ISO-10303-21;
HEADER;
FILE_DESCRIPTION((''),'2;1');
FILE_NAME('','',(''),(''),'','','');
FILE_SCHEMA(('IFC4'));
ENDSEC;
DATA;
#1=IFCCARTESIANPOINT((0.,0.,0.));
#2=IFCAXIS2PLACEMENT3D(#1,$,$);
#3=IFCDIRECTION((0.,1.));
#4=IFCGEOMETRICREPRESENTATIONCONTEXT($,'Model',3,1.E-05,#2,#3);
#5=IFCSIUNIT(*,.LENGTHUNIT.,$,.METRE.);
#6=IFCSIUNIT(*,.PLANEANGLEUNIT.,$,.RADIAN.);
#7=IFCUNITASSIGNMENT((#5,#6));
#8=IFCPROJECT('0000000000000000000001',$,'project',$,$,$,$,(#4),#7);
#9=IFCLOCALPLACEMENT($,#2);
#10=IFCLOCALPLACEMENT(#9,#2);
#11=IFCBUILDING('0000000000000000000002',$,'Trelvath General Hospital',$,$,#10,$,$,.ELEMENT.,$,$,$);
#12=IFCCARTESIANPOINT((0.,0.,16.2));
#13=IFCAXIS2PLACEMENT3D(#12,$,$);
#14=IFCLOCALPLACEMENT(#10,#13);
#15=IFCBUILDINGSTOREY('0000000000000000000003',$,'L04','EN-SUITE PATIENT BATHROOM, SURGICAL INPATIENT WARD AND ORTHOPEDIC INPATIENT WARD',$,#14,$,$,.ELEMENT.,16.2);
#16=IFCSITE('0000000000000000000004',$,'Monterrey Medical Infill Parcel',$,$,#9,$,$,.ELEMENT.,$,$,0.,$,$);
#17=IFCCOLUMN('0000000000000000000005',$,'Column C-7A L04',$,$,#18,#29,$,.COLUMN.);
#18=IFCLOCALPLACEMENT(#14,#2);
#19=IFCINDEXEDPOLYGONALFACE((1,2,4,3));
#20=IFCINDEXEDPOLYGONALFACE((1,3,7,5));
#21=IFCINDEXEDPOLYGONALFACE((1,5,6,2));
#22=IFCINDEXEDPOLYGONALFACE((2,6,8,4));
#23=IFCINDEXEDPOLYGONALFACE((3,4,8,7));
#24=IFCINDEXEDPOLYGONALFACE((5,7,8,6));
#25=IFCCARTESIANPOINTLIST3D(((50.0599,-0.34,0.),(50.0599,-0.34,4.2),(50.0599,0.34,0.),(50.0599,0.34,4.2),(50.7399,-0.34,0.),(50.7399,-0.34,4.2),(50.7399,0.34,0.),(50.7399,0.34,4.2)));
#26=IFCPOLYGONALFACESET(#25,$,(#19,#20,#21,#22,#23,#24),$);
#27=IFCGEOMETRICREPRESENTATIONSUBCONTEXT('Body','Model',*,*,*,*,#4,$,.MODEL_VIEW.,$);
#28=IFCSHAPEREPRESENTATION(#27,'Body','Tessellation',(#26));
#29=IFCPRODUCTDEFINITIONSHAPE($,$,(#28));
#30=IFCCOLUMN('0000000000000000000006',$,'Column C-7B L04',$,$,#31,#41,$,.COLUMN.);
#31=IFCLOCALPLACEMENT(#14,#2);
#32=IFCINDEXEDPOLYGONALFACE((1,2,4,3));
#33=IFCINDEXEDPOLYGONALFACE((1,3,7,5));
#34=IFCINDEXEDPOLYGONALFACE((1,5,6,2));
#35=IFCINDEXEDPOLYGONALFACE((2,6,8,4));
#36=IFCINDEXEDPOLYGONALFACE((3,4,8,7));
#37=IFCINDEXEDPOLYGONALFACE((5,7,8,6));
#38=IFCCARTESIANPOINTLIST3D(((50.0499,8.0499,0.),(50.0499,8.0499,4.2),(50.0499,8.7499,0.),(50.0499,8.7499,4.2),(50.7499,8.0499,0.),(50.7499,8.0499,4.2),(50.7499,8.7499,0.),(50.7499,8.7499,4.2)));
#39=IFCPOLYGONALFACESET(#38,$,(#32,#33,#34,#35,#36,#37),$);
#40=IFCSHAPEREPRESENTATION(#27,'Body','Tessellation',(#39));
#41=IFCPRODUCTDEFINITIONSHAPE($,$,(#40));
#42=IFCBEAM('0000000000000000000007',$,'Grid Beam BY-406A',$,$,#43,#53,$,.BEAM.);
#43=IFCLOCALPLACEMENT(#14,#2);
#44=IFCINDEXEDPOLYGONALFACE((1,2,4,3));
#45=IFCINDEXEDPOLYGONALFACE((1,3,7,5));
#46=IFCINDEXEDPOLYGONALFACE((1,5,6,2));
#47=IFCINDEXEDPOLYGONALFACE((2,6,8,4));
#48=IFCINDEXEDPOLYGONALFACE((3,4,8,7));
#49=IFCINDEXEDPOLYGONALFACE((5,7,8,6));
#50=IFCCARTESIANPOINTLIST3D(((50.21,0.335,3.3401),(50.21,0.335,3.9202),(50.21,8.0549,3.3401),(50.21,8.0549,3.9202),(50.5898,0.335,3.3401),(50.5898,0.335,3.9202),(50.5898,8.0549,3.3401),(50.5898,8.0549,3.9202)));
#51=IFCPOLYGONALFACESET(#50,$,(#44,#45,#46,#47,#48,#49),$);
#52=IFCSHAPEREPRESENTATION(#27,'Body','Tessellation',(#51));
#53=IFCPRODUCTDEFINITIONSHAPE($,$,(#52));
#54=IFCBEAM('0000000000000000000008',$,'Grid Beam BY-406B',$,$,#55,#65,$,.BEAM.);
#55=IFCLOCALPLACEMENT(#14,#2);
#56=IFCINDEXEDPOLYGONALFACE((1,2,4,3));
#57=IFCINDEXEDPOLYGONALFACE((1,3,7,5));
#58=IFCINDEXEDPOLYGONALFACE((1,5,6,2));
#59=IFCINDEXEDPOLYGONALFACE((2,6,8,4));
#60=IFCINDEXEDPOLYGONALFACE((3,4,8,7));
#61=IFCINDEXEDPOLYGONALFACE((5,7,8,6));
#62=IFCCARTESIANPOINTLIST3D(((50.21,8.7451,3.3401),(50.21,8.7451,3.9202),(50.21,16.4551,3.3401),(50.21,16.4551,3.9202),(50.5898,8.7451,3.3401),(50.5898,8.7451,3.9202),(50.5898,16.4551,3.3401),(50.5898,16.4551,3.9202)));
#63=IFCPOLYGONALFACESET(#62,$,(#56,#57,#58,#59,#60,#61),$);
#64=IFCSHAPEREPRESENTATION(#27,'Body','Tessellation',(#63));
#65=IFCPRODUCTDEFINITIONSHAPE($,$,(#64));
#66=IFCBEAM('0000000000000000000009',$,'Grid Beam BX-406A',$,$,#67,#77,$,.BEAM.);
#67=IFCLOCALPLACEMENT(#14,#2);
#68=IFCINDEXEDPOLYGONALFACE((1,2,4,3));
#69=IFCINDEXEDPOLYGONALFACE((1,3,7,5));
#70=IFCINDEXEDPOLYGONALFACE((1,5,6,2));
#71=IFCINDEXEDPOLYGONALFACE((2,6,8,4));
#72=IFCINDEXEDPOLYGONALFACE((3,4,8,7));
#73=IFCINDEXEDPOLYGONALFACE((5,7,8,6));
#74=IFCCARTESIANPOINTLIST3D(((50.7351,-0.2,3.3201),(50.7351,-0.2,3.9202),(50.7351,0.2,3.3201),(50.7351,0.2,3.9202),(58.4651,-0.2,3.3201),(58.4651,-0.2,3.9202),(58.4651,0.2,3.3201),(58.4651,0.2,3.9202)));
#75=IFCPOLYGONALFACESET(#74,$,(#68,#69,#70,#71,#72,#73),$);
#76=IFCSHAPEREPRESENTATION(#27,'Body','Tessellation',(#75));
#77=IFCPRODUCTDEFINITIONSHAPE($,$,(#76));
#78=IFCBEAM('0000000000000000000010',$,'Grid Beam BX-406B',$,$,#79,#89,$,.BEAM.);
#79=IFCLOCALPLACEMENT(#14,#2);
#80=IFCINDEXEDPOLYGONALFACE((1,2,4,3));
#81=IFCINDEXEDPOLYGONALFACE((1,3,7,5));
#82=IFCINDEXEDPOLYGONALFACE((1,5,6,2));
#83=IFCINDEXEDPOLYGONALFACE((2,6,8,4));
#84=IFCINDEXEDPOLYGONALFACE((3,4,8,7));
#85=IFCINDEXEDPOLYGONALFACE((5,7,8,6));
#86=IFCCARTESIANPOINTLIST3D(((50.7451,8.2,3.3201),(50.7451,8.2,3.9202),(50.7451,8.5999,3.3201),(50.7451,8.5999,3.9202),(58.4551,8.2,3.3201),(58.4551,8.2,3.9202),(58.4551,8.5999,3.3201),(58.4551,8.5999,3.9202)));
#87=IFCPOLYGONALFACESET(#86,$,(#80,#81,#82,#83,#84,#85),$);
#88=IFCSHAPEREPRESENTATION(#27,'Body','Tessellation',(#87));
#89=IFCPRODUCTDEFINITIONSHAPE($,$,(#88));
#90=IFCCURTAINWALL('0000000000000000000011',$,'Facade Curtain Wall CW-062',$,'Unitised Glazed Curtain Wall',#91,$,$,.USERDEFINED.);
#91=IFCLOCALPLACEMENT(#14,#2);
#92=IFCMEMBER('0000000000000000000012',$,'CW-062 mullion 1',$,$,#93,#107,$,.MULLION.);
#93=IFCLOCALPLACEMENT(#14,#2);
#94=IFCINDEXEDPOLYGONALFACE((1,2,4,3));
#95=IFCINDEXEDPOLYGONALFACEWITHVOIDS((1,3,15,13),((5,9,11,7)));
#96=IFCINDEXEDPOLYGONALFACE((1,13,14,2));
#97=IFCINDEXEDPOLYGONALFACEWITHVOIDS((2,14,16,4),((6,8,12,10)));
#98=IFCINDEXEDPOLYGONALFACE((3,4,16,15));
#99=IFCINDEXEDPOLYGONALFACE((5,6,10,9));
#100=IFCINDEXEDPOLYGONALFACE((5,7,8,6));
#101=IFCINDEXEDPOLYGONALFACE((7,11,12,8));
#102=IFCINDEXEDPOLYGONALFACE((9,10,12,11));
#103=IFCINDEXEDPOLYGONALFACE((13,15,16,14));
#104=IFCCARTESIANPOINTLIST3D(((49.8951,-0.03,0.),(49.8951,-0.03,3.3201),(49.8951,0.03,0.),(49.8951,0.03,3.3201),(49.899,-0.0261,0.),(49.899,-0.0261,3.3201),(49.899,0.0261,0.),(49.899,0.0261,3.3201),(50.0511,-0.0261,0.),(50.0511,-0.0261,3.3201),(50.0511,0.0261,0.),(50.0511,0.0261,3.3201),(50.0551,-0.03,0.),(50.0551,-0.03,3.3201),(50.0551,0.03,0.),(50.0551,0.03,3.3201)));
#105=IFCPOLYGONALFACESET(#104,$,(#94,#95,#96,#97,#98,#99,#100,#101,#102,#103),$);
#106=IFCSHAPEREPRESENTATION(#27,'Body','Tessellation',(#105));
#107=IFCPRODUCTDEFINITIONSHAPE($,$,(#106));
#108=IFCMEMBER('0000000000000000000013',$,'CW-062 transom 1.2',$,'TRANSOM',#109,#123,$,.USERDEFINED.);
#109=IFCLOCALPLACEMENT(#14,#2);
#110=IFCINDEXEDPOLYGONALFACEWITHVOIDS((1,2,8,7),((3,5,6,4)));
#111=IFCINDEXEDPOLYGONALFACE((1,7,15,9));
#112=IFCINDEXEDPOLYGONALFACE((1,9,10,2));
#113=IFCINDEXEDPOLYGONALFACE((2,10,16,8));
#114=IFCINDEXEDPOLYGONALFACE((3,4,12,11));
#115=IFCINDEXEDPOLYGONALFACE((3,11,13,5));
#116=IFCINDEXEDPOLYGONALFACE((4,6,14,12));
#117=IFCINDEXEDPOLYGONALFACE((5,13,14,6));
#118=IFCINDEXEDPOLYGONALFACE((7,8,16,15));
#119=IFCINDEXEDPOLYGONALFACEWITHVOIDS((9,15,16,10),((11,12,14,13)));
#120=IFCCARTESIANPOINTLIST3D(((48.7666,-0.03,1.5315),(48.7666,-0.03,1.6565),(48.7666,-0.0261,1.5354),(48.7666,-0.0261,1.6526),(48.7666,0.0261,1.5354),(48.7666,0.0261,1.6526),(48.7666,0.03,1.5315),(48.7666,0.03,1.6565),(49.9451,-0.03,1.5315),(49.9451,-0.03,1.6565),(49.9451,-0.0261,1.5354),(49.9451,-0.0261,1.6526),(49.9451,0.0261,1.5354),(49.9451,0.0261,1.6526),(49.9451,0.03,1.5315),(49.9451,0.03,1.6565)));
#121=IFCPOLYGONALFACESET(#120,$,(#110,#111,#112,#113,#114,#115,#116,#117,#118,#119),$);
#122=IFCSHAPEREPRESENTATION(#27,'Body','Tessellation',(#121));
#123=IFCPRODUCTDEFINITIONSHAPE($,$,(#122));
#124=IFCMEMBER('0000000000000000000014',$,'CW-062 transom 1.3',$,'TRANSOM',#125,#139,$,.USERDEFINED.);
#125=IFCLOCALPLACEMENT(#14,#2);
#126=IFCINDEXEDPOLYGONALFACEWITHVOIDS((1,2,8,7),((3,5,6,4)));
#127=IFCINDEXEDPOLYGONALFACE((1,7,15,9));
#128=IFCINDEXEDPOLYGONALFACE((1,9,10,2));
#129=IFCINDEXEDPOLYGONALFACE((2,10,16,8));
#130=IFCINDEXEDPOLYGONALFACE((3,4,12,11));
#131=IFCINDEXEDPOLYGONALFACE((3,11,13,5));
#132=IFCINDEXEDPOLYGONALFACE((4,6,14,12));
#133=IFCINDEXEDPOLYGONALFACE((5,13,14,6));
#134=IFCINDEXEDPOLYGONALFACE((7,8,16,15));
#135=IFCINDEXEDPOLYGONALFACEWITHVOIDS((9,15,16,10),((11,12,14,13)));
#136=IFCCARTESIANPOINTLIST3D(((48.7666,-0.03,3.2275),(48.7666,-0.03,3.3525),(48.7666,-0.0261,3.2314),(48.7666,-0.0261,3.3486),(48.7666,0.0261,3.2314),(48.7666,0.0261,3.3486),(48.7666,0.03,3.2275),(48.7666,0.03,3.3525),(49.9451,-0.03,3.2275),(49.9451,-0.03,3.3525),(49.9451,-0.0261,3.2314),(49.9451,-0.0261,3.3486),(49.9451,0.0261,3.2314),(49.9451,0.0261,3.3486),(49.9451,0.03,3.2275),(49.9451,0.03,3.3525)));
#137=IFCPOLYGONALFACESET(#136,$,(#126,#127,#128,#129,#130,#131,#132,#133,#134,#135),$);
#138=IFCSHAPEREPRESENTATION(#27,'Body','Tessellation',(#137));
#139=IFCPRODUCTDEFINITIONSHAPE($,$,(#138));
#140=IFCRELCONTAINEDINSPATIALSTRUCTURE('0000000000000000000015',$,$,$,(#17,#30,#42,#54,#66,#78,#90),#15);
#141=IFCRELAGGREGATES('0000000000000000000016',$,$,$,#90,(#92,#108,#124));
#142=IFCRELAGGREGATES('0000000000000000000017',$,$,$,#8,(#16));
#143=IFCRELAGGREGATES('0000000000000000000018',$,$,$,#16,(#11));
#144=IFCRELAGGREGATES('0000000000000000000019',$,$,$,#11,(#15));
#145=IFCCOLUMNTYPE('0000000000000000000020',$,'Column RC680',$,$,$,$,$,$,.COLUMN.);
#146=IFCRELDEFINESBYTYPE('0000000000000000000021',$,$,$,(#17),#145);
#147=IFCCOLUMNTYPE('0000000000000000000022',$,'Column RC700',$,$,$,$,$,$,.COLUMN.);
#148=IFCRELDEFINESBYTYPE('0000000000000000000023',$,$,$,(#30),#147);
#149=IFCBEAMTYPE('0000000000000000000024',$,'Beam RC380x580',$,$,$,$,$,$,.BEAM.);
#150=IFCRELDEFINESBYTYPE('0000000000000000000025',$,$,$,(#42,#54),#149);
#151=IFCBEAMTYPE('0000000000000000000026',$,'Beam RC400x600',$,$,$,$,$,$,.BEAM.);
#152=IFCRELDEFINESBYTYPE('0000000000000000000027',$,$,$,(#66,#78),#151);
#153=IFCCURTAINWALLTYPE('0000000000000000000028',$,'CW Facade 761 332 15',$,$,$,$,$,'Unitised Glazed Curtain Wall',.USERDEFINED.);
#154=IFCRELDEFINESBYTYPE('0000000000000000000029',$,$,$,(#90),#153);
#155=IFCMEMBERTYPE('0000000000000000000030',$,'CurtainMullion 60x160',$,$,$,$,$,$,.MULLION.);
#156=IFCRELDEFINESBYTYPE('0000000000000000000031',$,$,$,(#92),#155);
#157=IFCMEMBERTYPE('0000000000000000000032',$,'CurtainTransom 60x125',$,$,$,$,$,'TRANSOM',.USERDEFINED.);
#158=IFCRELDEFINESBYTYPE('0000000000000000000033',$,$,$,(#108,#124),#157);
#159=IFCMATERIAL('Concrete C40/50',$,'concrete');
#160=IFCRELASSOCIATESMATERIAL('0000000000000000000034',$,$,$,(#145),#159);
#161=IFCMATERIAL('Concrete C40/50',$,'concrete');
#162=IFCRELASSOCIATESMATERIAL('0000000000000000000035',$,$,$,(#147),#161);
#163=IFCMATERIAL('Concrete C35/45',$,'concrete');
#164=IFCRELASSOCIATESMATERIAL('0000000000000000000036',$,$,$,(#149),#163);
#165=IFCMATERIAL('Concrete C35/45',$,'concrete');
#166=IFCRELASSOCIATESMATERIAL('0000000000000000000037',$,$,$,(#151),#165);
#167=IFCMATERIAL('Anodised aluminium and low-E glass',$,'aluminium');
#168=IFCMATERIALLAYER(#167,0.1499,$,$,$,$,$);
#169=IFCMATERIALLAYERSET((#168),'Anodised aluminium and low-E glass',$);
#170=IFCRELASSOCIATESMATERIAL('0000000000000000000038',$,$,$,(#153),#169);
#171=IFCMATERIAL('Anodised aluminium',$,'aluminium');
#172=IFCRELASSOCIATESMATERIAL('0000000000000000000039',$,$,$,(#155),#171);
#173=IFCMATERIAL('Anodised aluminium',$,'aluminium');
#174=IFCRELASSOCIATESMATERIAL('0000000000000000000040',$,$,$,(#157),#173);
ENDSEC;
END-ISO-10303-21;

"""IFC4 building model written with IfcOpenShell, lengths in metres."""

from ifc_helpers import new_model, si_unit, direction, frame, origin, origin_2d, place, context, subcontext, project, spatial, rectangle, hollow_rectangle, extrude, material, layer, layer_set, material_profile, profile_set, type_object, element, aggregate, save


model = new_model("IFC4")

# Units and contexts
model_context = context("Model", 3, precision=1e-05, world=origin(), true_north=direction((0.0, 1.0)))
body_context = subcontext(model_context, "Body", "Model", "MODEL_VIEW")
ifc_project = project(units=[si_unit("LENGTHUNIT", "METRE"), si_unit("PLANEANGLEUNIT", "RADIAN")], contexts=[model_context])

# Site, building, storey
site_placement = place(None, origin())
site = spatial("IfcSite", under=ifc_project, at=site_placement, Name="Monterrey Medical Infill Parcel", CompositionType="ELEMENT", RefElevation=0.0)
building_placement = place(site_placement, origin())
building = spatial("IfcBuilding", under=site, at=building_placement, Name="Trelvath General Hospital", CompositionType="ELEMENT")
storey_placement = place(building_placement, frame((0.0, 0.0, 16.2)))
storey = spatial("IfcBuildingStorey", under=building, at=storey_placement, Name="L04", Description="EN-SUITE PATIENT BATHROOM, SURGICAL INPATIENT WARD AND ORTHOPEDIC INPATIENT WARD", CompositionType="ELEMENT", Elevation=16.2)

# Columns
ifc_material_1 = material(Name="Concrete C40/50", Category="concrete")
ifc_material_profile_1 = material_profile(ifc_material_1, rectangle(XDim=0.6799, YDim=0.6799, at=origin_2d()), Name="RC680x680")
ifc_profile_set_1 = profile_set([ifc_material_profile_1], Name="Concrete C40/50")
column_type_1 = type_object("IfcColumnType", Name="Column RC680", PredefinedType="COLUMN", material=ifc_profile_set_1)
column_1_placement = place(storey_placement, frame((50.3999, 0.0, 0.0), z_axis=(0.0, 0.0, 1.0), x_axis=(1.0, 0.0, 0.0)))
element("IfcColumn", 1, at=column_1_placement, inside=storey, type_object=column_type_1, Name="Column C-7A L04", PredefinedType="COLUMN", context=body_context, shape_type="SweptSolid", body=[
    extrude(rectangle(XDim=0.6799, YDim=0.6799, at=origin_2d()), origin(), (0.0, 0.0, 1.0), 4.2),
])
ifc_material_2 = material(Name="Concrete C40/50", Category="concrete")
ifc_material_profile_2 = material_profile(ifc_material_2, rectangle(XDim=0.7, YDim=0.7, at=origin_2d()), Name="RC700x700")
ifc_profile_set_2 = profile_set([ifc_material_profile_2], Name="Concrete C40/50")
column_type_2 = type_object("IfcColumnType", Name="Column RC700", PredefinedType="COLUMN", material=ifc_profile_set_2)
column_2_placement = place(storey_placement, frame((50.3999, 8.3999, 0.0), z_axis=(0.0, 0.0, 1.0), x_axis=(1.0, 0.0, 0.0)))
element("IfcColumn", 2, at=column_2_placement, inside=storey, type_object=column_type_2, Name="Column C-7B L04", PredefinedType="COLUMN", context=body_context, shape_type="SweptSolid", body=[
    extrude(rectangle(XDim=0.7, YDim=0.7, at=origin_2d()), origin(), (0.0, 0.0, 1.0), 4.2),
])

# Beams
ifc_material_3 = material(Name="Concrete C35/45", Category="concrete")
ifc_material_profile_3 = material_profile(ifc_material_3, rectangle(XDim=0.3799, YDim=0.5801, at=origin_2d()), Name="RCB380x580")
ifc_profile_set_3 = profile_set([ifc_material_profile_3], Name="Concrete C35/45")
beam_type_1 = type_object("IfcBeamType", Name="Beam RC380x580", PredefinedType="BEAM", material=ifc_profile_set_3)
beam_1_placement = place(storey_placement, frame((50.3999, 0.335, 3.6301), z_axis=(0.0, 1.0, 0.0), x_axis=(-1.0, 0.0, 0.0)))
element("IfcBeam", 3, at=beam_1_placement, inside=storey, type_object=beam_type_1, Name="Grid Beam BY-406A", PredefinedType="BEAM", context=body_context, shape_type="SweptSolid", body=[
    extrude(rectangle(XDim=0.3799, YDim=0.5801, at=origin_2d()), origin(), (0.0, 0.0, 1.0), 7.72),
])
beam_2_placement = place(storey_placement, frame((50.3999, 8.7451, 3.6301), z_axis=(0.0, 1.0, 0.0), x_axis=(-1.0, 0.0, 0.0)))
element("IfcBeam", 4, at=beam_2_placement, inside=storey, type_object=beam_type_1, Name="Grid Beam BY-406B", PredefinedType="BEAM", context=body_context, shape_type="SweptSolid", body=[
    extrude(rectangle(XDim=0.3799, YDim=0.5801, at=origin_2d()), origin(), (0.0, 0.0, 1.0), 7.71),
])
ifc_material_4 = material(Name="Concrete C35/45", Category="concrete")
ifc_material_profile_4 = material_profile(ifc_material_4, rectangle(XDim=0.3999, YDim=0.6001, at=origin_2d()), Name="RCB400x600")
ifc_profile_set_4 = profile_set([ifc_material_profile_4], Name="Concrete C35/45")
beam_type_2 = type_object("IfcBeamType", Name="Beam RC400x600", PredefinedType="BEAM", material=ifc_profile_set_4)
beam_3_placement = place(storey_placement, frame((50.7351, 0.0, 3.6201), z_axis=(1.0, 0.0, 0.0), x_axis=(0.0, 1.0, 0.0)))
element("IfcBeam", 5, at=beam_3_placement, inside=storey, type_object=beam_type_2, Name="Grid Beam BX-406A", PredefinedType="BEAM", context=body_context, shape_type="SweptSolid", body=[
    extrude(rectangle(XDim=0.3999, YDim=0.6001, at=origin_2d()), origin(), (0.0, 0.0, 1.0), 7.73),
])
beam_4_placement = place(storey_placement, frame((50.7451, 8.3999, 3.6201), z_axis=(1.0, 0.0, 0.0), x_axis=(0.0, 1.0, 0.0)))
element("IfcBeam", 6, at=beam_4_placement, inside=storey, type_object=beam_type_2, Name="Grid Beam BX-406B", PredefinedType="BEAM", context=body_context, shape_type="SweptSolid", body=[
    extrude(rectangle(XDim=0.3999, YDim=0.6001, at=origin_2d()), origin(), (0.0, 0.0, 1.0), 7.71),
])

# Curtain wall, members
ifc_material_5 = material(Name="Anodised aluminium and low-E glass", Category="aluminium")
ifc_layer_1 = layer(ifc_material_5, 0.1499)
ifc_layer_set_1 = layer_set([ifc_layer_1], Name="Anodised aluminium and low-E glass")
curtain_wall_type = type_object("IfcCurtainWallType", Name="CW Facade 761 332 15", ElementType="Unitised Glazed Curtain Wall", PredefinedType="USERDEFINED", material=ifc_layer_set_1)
curtain_wall_placement = place(storey_placement, origin())
curtain_wall = element("IfcCurtainWall", 7, at=curtain_wall_placement, inside=storey, type_object=curtain_wall_type, Name="Facade Curtain Wall CW-062", ObjectType="Unitised Glazed Curtain Wall", PredefinedType="USERDEFINED")
ifc_material_6 = material(Name="Anodised aluminium", Category="aluminium")
ifc_material_profile_5 = material_profile(ifc_material_6, hollow_rectangle(XDim=0.0601, YDim=0.1599, WallThickness=0.0039, at=origin_2d()), Name="RHS60x160x4")
ifc_profile_set_5 = profile_set([ifc_material_profile_5], Name="Anodised aluminium")
member_type_1 = type_object("IfcMemberType", Name="CurtainMullion 60x160", PredefinedType="MULLION", material=ifc_profile_set_5)
member_1_placement = place(storey_placement, frame((49.9751, 0.0, 0.0), z_axis=(0.0, 0.0, 1.0), x_axis=(0.0, -1.0, 0.0)))
member_1 = element("IfcMember", 8, at=member_1_placement, type_object=member_type_1, Name="CW-062 mullion 1", PredefinedType="MULLION", context=body_context, shape_type="SweptSolid", body=[
    extrude(hollow_rectangle(XDim=0.0601, YDim=0.1599, WallThickness=0.0039, at=origin_2d()), origin(), (0.0, 0.0, 1.0), 3.3201),
])
ifc_material_7 = material(Name="Anodised aluminium", Category="aluminium")
ifc_material_profile_6 = material_profile(ifc_material_7, hollow_rectangle(XDim=0.0601, YDim=0.125, WallThickness=0.0039, at=origin_2d()), Name="RHS60x125x4")
ifc_profile_set_6 = profile_set([ifc_material_profile_6], Name="Anodised aluminium")
member_type_2 = type_object("IfcMemberType", Name="CurtainTransom 60x125", ElementType="TRANSOM", PredefinedType="USERDEFINED", material=ifc_profile_set_6)
member_2_placement = place(storey_placement, frame((49.9451, 0.0, 1.594), z_axis=(-1.0, 0.0, 0.0), x_axis=(0.0, -1.0, 0.0)))
member_2 = element("IfcMember", 9, at=member_2_placement, type_object=member_type_2, Name="CW-062 transom 1.2", ObjectType="TRANSOM", PredefinedType="USERDEFINED", context=body_context, shape_type="SweptSolid", body=[
    extrude(hollow_rectangle(XDim=0.0601, YDim=0.125, WallThickness=0.0039, at=origin_2d()), origin(), (0.0, 0.0, 1.0), 1.1785),
])
member_3_placement = place(storey_placement, frame((49.9451, 0.0, 3.29), z_axis=(-1.0, 0.0, 0.0), x_axis=(0.0, -1.0, 0.0)))
member_3 = element("IfcMember", 10, at=member_3_placement, type_object=member_type_2, Name="CW-062 transom 1.3", ObjectType="TRANSOM", PredefinedType="USERDEFINED", context=body_context, shape_type="SweptSolid", body=[
    extrude(hollow_rectangle(XDim=0.0601, YDim=0.125, WallThickness=0.0039, at=origin_2d()), origin(), (0.0, 0.0, 1.0), 1.1785),
])
aggregate(curtain_wall, [member_1, member_2, member_3])

save(model, "model.ifc")
